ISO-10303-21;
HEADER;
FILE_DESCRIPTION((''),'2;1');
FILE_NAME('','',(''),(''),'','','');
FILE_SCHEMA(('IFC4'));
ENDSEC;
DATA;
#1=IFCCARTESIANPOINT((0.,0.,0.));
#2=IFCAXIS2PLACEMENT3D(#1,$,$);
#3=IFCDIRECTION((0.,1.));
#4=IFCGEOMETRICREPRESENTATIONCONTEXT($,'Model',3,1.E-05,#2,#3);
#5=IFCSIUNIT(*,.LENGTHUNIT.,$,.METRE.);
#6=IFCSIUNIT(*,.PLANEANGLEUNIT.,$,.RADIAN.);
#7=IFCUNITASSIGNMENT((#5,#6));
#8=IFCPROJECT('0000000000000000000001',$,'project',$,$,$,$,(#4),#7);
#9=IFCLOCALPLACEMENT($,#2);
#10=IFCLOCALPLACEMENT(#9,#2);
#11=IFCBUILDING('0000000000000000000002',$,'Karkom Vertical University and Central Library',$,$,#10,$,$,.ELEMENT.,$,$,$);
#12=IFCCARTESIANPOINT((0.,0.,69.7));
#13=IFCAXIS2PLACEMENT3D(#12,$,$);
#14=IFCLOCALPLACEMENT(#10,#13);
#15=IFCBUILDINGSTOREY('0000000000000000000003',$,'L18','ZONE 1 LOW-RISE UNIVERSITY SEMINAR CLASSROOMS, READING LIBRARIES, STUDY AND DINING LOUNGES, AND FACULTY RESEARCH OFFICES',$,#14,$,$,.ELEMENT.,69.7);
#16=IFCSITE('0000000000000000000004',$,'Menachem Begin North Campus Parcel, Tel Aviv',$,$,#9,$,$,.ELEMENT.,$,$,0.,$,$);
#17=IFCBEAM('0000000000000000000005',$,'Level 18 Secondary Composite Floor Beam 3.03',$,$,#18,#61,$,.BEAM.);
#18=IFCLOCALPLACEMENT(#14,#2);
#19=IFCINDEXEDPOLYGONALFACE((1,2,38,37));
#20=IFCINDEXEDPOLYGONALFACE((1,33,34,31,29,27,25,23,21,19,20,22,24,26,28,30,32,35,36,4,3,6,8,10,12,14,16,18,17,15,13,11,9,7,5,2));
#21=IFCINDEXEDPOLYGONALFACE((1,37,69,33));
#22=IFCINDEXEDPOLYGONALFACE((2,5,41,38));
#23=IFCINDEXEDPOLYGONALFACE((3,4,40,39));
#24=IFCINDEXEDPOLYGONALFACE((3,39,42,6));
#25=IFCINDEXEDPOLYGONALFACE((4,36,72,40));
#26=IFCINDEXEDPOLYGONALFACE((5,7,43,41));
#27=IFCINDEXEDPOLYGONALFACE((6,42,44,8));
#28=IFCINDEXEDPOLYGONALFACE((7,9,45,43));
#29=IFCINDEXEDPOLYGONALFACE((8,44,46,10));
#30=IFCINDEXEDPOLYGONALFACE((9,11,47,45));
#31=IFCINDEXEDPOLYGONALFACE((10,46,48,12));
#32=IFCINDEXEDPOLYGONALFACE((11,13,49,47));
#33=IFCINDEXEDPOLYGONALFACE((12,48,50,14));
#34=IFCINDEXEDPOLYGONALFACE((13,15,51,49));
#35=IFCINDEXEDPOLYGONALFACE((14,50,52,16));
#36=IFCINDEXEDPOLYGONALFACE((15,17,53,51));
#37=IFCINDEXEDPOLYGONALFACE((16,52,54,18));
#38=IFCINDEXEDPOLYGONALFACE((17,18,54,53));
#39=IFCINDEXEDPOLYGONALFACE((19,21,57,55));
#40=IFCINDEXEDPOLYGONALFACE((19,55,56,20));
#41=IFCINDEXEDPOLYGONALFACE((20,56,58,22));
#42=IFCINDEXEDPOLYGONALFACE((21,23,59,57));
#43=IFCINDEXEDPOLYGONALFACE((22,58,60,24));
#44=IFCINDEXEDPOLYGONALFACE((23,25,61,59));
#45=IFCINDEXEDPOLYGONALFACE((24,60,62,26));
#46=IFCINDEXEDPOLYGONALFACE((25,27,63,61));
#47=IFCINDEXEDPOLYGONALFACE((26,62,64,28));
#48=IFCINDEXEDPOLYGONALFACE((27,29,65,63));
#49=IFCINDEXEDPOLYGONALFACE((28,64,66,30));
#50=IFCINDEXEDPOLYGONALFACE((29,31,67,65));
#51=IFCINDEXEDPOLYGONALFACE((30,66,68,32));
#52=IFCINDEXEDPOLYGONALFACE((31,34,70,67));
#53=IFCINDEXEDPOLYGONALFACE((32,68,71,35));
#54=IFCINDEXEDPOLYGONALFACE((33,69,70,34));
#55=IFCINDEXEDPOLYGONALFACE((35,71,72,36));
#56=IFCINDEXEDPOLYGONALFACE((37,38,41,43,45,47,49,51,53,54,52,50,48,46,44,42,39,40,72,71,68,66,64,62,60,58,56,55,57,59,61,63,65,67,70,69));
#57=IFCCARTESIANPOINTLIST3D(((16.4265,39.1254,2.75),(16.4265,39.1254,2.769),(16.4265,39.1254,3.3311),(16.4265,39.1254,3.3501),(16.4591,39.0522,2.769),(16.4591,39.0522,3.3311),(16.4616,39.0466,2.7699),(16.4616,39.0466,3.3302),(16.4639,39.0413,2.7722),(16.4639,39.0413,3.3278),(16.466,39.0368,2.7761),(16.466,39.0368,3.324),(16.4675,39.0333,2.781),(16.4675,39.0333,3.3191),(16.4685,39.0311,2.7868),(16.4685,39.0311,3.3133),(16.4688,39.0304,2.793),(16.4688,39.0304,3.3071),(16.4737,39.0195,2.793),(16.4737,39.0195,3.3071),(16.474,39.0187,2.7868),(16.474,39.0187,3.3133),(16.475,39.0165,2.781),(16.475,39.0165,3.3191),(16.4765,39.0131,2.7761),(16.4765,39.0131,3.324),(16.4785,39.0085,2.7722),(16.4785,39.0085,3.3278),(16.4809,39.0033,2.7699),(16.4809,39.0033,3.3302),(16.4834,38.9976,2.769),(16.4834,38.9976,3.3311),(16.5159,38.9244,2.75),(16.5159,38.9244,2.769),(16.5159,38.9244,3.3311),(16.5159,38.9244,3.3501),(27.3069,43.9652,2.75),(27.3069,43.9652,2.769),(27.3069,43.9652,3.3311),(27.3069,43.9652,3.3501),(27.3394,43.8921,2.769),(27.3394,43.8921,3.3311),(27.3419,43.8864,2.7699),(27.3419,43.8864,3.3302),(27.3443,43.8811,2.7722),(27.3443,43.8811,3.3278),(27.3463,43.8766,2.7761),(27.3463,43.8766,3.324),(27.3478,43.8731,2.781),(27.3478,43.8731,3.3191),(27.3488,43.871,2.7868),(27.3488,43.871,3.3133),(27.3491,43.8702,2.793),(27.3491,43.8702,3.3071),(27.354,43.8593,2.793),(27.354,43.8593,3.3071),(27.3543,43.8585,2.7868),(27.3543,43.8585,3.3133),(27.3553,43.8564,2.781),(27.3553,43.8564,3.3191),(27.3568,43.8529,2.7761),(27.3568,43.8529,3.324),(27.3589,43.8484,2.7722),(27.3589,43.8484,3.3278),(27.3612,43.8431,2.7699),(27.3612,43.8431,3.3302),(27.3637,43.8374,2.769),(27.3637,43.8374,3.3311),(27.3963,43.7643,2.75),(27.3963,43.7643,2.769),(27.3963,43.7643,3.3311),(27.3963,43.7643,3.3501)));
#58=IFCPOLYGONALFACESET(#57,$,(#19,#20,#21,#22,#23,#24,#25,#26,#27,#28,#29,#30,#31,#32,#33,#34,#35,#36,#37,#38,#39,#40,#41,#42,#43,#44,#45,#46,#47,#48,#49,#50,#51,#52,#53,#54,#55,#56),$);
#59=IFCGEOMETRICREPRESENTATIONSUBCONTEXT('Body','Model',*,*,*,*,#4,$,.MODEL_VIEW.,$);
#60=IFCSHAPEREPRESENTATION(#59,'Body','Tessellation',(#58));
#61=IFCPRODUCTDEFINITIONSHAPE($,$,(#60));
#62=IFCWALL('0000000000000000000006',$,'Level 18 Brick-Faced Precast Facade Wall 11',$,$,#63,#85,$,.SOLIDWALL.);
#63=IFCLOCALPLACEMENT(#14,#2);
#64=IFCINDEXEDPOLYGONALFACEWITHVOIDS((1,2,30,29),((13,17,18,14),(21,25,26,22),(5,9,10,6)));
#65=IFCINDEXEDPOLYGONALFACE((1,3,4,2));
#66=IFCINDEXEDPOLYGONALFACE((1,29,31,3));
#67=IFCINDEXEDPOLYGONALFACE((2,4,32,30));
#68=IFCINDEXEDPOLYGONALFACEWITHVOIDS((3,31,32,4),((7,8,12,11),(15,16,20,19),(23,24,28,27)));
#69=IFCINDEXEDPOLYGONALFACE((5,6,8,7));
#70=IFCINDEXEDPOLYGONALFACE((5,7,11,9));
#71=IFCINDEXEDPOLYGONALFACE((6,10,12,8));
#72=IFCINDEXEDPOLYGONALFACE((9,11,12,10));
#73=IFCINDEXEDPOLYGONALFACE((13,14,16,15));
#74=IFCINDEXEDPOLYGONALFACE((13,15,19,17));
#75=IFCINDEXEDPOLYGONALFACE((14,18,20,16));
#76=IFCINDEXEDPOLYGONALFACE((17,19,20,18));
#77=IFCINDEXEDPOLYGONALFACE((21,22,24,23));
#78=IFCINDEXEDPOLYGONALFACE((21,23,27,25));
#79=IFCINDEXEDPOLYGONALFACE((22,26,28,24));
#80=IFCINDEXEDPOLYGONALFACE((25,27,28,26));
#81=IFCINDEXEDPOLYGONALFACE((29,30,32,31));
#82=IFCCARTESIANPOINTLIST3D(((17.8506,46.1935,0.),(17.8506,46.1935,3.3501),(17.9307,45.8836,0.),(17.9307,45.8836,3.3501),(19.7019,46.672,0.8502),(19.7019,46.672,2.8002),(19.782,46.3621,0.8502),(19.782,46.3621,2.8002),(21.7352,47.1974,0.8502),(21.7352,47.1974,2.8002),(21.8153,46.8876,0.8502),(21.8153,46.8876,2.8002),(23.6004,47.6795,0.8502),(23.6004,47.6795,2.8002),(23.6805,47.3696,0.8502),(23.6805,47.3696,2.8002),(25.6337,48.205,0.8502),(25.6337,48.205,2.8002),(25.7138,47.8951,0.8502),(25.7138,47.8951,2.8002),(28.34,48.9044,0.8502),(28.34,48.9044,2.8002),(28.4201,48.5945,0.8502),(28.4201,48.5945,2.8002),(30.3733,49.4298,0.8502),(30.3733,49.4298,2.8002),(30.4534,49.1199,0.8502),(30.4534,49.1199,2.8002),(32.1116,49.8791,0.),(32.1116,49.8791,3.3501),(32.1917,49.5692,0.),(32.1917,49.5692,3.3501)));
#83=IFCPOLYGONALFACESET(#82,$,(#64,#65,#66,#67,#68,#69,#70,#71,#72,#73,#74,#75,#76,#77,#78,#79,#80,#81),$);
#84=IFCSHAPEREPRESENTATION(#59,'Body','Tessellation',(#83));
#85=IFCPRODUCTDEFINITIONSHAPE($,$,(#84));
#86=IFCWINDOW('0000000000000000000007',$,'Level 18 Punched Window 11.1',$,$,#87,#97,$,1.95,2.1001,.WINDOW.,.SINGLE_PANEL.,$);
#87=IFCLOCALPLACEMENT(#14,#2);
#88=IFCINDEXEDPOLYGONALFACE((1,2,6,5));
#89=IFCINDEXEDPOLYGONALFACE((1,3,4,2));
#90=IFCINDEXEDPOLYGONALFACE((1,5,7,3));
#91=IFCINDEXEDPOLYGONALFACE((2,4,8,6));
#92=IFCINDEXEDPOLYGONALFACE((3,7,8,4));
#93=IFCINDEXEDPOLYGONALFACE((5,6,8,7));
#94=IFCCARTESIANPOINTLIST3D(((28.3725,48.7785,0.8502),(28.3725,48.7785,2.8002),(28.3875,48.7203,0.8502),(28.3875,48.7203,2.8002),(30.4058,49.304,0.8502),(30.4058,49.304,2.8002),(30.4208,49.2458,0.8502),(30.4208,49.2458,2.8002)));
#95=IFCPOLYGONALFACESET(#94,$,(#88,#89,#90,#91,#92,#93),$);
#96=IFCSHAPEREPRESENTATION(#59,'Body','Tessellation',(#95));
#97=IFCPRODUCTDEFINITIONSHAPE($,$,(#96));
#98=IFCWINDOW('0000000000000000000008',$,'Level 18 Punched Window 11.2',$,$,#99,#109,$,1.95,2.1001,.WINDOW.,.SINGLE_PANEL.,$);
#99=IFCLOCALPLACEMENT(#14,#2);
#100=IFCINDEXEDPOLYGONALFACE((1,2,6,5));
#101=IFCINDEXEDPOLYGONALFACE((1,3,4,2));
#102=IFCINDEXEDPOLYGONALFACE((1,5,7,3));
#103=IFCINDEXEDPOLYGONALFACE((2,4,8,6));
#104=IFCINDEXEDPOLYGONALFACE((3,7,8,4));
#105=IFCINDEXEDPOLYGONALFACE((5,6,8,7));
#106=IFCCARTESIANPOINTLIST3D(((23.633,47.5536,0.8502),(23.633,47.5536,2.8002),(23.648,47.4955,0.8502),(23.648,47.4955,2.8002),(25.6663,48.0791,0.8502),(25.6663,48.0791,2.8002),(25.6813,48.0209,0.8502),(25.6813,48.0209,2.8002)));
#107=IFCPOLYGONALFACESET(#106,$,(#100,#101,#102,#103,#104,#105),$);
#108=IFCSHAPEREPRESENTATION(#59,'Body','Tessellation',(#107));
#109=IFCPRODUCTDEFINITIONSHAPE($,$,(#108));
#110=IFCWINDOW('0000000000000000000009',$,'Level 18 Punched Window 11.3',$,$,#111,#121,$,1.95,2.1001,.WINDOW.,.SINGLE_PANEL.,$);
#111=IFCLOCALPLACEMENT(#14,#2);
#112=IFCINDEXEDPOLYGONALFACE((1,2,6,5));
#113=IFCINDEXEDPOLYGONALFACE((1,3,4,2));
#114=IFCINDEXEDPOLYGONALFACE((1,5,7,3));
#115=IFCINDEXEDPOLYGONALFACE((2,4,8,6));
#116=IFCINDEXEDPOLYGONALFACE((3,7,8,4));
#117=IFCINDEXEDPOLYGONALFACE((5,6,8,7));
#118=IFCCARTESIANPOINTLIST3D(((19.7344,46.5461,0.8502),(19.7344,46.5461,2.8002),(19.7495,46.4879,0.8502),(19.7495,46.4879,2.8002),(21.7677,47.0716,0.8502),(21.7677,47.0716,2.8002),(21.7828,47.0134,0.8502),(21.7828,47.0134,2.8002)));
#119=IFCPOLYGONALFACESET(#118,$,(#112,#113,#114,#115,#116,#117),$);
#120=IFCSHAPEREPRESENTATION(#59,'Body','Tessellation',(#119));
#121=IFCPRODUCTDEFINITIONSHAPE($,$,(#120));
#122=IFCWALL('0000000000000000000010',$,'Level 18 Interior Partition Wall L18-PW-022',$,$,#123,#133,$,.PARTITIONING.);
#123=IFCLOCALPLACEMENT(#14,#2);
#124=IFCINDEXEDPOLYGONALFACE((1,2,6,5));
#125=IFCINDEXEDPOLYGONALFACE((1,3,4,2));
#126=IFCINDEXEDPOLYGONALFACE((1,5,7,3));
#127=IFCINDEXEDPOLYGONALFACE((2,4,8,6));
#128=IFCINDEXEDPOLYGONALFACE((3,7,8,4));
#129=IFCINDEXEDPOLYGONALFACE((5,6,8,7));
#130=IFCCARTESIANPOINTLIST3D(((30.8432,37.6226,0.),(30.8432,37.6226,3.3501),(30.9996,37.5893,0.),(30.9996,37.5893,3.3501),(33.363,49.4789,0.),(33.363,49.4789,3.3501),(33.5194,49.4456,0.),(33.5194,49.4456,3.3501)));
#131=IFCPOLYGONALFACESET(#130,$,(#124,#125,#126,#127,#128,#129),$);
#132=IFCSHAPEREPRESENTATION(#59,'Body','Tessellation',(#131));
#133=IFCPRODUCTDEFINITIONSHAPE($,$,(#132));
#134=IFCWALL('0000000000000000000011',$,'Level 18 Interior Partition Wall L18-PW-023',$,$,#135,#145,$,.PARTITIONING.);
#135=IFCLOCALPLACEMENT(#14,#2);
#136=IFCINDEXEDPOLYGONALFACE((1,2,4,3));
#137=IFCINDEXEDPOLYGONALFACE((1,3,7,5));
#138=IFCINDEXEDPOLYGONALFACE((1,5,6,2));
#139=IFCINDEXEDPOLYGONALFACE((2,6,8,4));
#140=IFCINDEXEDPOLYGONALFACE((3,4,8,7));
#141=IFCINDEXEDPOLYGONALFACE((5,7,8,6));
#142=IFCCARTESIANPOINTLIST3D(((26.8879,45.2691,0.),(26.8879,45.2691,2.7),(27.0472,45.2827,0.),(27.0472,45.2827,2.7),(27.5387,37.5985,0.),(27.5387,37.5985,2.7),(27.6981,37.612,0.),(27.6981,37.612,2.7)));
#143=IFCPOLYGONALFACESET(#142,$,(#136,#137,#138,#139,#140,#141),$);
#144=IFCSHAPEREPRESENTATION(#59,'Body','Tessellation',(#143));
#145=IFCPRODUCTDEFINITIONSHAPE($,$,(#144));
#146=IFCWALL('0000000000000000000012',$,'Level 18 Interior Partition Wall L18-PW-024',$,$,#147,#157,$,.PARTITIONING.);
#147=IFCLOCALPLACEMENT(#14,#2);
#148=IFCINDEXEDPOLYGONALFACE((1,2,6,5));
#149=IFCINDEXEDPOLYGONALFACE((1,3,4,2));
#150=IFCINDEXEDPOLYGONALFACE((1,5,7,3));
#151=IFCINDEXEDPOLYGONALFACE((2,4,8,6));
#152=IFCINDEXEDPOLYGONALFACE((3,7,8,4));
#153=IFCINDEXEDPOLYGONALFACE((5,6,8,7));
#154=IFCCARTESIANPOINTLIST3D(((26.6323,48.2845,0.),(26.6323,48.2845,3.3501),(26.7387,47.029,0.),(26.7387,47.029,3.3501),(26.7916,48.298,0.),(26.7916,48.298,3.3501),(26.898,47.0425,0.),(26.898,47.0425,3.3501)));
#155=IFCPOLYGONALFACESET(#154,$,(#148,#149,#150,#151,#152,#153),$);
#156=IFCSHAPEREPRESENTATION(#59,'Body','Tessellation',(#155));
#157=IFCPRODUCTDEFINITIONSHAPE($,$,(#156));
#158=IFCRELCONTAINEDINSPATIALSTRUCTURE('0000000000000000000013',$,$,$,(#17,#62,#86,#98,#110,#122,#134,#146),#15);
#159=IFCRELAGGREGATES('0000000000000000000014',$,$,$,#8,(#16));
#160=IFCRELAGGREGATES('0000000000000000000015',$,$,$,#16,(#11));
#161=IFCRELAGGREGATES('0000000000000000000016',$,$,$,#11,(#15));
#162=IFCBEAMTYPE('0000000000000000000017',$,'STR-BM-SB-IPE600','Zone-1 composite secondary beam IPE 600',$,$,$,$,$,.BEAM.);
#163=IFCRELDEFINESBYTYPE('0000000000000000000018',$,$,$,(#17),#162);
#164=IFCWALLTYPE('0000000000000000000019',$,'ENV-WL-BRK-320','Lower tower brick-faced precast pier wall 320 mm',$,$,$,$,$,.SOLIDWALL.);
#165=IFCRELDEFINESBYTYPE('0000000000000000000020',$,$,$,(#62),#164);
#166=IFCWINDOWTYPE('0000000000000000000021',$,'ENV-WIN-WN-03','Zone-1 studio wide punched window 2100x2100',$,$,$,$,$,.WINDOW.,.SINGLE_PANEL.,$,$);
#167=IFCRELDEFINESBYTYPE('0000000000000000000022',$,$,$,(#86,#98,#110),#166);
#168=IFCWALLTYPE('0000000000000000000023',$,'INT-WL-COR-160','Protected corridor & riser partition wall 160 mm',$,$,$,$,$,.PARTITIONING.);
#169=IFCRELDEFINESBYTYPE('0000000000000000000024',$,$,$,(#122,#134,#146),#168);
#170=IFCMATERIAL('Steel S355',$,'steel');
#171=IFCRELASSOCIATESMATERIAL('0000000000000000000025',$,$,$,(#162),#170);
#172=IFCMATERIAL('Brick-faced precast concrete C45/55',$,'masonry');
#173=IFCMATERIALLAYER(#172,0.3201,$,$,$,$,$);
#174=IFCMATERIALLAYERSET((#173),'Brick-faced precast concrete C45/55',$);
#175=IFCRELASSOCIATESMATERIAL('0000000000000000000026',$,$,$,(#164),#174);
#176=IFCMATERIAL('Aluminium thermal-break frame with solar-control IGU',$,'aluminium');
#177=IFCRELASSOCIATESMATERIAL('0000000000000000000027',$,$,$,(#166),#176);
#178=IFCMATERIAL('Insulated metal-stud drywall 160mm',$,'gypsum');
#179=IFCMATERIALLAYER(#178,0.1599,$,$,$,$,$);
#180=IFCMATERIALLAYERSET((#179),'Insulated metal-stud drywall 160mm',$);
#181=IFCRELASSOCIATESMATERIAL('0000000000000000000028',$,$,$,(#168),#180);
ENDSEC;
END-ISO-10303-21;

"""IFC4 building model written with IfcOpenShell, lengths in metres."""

from ifc_helpers import new_model, si_unit, direction, frame, frame_2d, origin, origin_with_axes, origin_2d, place, context, subcontext, project, spatial, rectangle, i_section, extrude, source, transform, mapped, material, layer, layer_set, material_profile, profile_set, type_object, element, fill, save


model = new_model("IFC4")

# Units and contexts
model_context = context("Model", 3, precision=1e-05, world=origin(), true_north=direction((0.0, 1.0)))
body_context = subcontext(model_context, "Body", "Model", "MODEL_VIEW")
ifc_project = project(units=[si_unit("LENGTHUNIT", "METRE"), si_unit("PLANEANGLEUNIT", "RADIAN")], contexts=[model_context])

# Site, building, storey
site_placement = place(None, origin())
site = spatial("IfcSite", under=ifc_project, at=site_placement, Name="Menachem Begin North Campus Parcel, Tel Aviv", CompositionType="ELEMENT", RefElevation=0.0)
building_placement = place(site_placement, origin())
building = spatial("IfcBuilding", under=site, at=building_placement, Name="Karkom Vertical University and Central Library", CompositionType="ELEMENT")
storey_placement = place(building_placement, frame((0.0, 0.0, 69.7)))
storey = spatial("IfcBuildingStorey", under=building, at=storey_placement, Name="L18", Description="ZONE 1 LOW-RISE UNIVERSITY SEMINAR CLASSROOMS, READING LIBRARIES, STUDY AND DINING LOUNGES, AND FACULTY RESEARCH OFFICES", CompositionType="ELEMENT", Elevation=69.7)

# Beam
ifc_material_1 = material(Name="Steel S355", Category="steel")
ifc_material_profile_1 = material_profile(ifc_material_1, i_section(OverallWidth=0.22, OverallDepth=0.6001, WebThickness=0.012, FlangeThickness=0.019, FilletRadius=0.0239, at=origin_2d()), Name="IPE 600")
ifc_profile_set_1 = profile_set([ifc_material_profile_1], Name="Steel S355")
beam_type_1 = type_object("IfcBeamType", Name="STR-BM-SB-IPE600", Description="Zone-1 composite secondary beam IPE 600", PredefinedType="BEAM", material=ifc_profile_set_1)
shared_shape_1 = source(origin_with_axes(), body_context, "Body", "SweptSolid", [
    extrude(i_section(OverallWidth=0.22, OverallDepth=0.6001, WebThickness=0.012, FlangeThickness=0.019, FilletRadius=0.0239, at=origin_2d()), origin(), (0.0, 0.0, 1.0), 11.9082),
])
beam_1_placement = place(storey_placement, frame((27.3516, 43.8647, 3.05), z_axis=(-0.913683, -0.406428, 0.0), x_axis=(0.406428, -0.913683, 0.0)))
element("IfcBeam", 1, at=beam_1_placement, inside=storey, type_object=beam_type_1, Name="Level 18 Secondary Composite Floor Beam 3.03", PredefinedType="BEAM", context=body_context, shape_type="MappedRepresentation", body=[
    mapped(shared_shape_1, transform((0.0, 0.0, 0.0), scale=1.0)),
])

# Wall, openings, windows
ifc_material_2 = material(Name="Brick-faced precast concrete C45/55", Category="masonry")
ifc_layer_1 = layer(ifc_material_2, 0.3201)
ifc_layer_set_1 = layer_set([ifc_layer_1], Name="Brick-faced precast concrete C45/55")
wall_type_1 = type_object("IfcWallType", Name="ENV-WL-BRK-320", Description="Lower tower brick-faced precast pier wall 320 mm", PredefinedType="SOLIDWALL", material=ifc_layer_set_1)
wall_1_placement = place(storey_placement, frame((32.1516, 49.7241, 0.0), z_axis=(0.0, 0.0, 1.0), x_axis=(-0.96819, -0.250215, 0.0)))
wall_1 = element("IfcWall", 2, at=wall_1_placement, inside=storey, type_object=wall_type_1, Name="Level 18 Brick-Faced Precast Facade Wall 11", PredefinedType="SOLIDWALL", context=body_context, shape_type="SweptSolid", body=[
    extrude(rectangle(XDim=14.7295, YDim=0.3201, at=frame_2d((7.3647, 0.0))), origin(), (0.0, 0.0, 1.0), 3.3501),
])
opening_1_placement = place(wall_1_placement, frame((1.7954, 0.0, 0.8501)))
opening_1 = element("IfcOpeningElement", 3, at=opening_1_placement, cuts=wall_1, PredefinedType="OPENING", context=body_context, shape_type="SweptSolid", body=[
    extrude(rectangle(XDim=2.1001, YDim=1.95, at=frame_2d((1.05, 0.9751))), frame((0.0, 0.1699, 0.0), z_axis=(0.0, -1.0, 0.0), x_axis=(1.0, 0.0, 0.0)), (0.0, 0.0, 1.0), 0.3401),
])
opening_2_placement = place(wall_1_placement, frame((6.6907, 0.0, 0.8501)))
opening_2 = element("IfcOpeningElement", 4, at=opening_2_placement, cuts=wall_1, PredefinedType="OPENING", context=body_context, shape_type="SweptSolid", body=[
    extrude(rectangle(XDim=2.1001, YDim=1.95, at=frame_2d((1.05, 0.9751))), frame((0.0, 0.1699, 0.0), z_axis=(0.0, -1.0, 0.0), x_axis=(1.0, 0.0, 0.0)), (0.0, 0.0, 1.0), 0.3401),
])
opening_3_placement = place(wall_1_placement, frame((10.7173, 0.0, 0.8501)))
opening_3 = element("IfcOpeningElement", 5, at=opening_3_placement, cuts=wall_1, PredefinedType="OPENING", context=body_context, shape_type="SweptSolid", body=[
    extrude(rectangle(XDim=2.1001, YDim=1.95, at=frame_2d((1.05, 0.9751))), frame((0.0, 0.1699, 0.0), z_axis=(0.0, -1.0, 0.0), x_axis=(1.0, 0.0, 0.0)), (0.0, 0.0, 1.0), 0.3401),
])
ifc_material_3 = material(Name="Aluminium thermal-break frame with solar-control IGU", Category="aluminium")
window_type = type_object("IfcWindowType", Name="ENV-WIN-WN-03", Description="Zone-1 studio wide punched window 2100x2100", PartitioningType="SINGLE_PANEL", PredefinedType="WINDOW", material=ifc_material_3)
shared_shape_2 = source(origin_with_axes(), body_context, "Body", "SweptSolid", [
    extrude(rectangle(XDim=2.1001, YDim=1.95, at=frame_2d((1.05, 0.9751))), frame((0.0, 0.03, 0.0), z_axis=(0.0, -1.0, 0.0), x_axis=(1.0, 0.0, 0.0)), (0.0, 0.0, 1.0), 0.0601),
])
window_1_placement = place(opening_1_placement, origin())
window_1 = element("IfcWindow", 6, at=window_1_placement, inside=storey, type_object=window_type, Name="Level 18 Punched Window 11.1", OverallHeight=1.95, OverallWidth=2.1001, PartitioningType="SINGLE_PANEL", PredefinedType="WINDOW", context=body_context, shape_type="MappedRepresentation", body=[
    mapped(shared_shape_2, transform((0.0, 0.0, 0.0), scale=1.0)),
])
fill(opening_1, window_1)
window_2_placement = place(opening_2_placement, origin())
window_2 = element("IfcWindow", 7, at=window_2_placement, inside=storey, type_object=window_type, Name="Level 18 Punched Window 11.2", OverallHeight=1.95, OverallWidth=2.1001, PartitioningType="SINGLE_PANEL", PredefinedType="WINDOW", context=body_context, shape_type="MappedRepresentation", body=[
    mapped(shared_shape_2, transform((0.0, 0.0, 0.0), scale=1.0)),
])
fill(opening_2, window_2)
window_3_placement = place(opening_3_placement, origin())
window_3 = element("IfcWindow", 8, at=window_3_placement, inside=storey, type_object=window_type, Name="Level 18 Punched Window 11.3", OverallHeight=1.95, OverallWidth=2.1001, PartitioningType="SINGLE_PANEL", PredefinedType="WINDOW", context=body_context, shape_type="MappedRepresentation", body=[
    mapped(shared_shape_2, transform((0.0, 0.0, 0.0), scale=1.0)),
])
fill(opening_3, window_3)

# Walls
ifc_material_4 = material(Name="Insulated metal-stud drywall 160mm", Category="gypsum")
ifc_layer_2 = layer(ifc_material_4, 0.1599)
ifc_layer_set_2 = layer_set([ifc_layer_2], Name="Insulated metal-stud drywall 160mm")
wall_type_2 = type_object("IfcWallType", Name="INT-WL-COR-160", Description="Protected corridor & riser partition wall 160 mm", PredefinedType="PARTITIONING", material=ifc_layer_set_2)
wall_2_placement = place(storey_placement, frame((30.9214, 37.606, 0.0), z_axis=(0.0, 0.0, 1.0), x_axis=(0.207885, 0.978153, 0.0)))
element("IfcWall", 9, at=wall_2_placement, inside=storey, type_object=wall_type_2, Name="Level 18 Interior Partition Wall L18-PW-022", PredefinedType="PARTITIONING", context=body_context, shape_type="SweptSolid", body=[
    extrude(rectangle(XDim=12.1211, YDim=0.1599, at=frame_2d((6.0605, 0.0))), origin(), (0.0, 0.0, 1.0), 3.3501),
])
wall_3_placement = place(storey_placement, frame((27.6184, 37.6052, 0.0), z_axis=(0.0, 0.0, 1.0), x_axis=(-0.084549, 0.996419, 0.0)))
element("IfcWall", 10, at=wall_3_placement, inside=storey, type_object=wall_type_2, Name="Level 18 Interior Partition Wall L18-PW-023", PredefinedType="PARTITIONING", context=body_context, shape_type="SweptSolid", body=[
    extrude(rectangle(XDim=7.6982, YDim=0.1599, at=frame_2d((3.8491, 0.0))), origin(), (0.0, 0.0, 1.0), 2.7),
])
wall_4_placement = place(storey_placement, frame((26.8184, 47.0359, 0.0), z_axis=(0.0, 0.0, 1.0), x_axis=(-0.084472, 0.996426, 0.0)))
element("IfcWall", 11, at=wall_4_placement, inside=storey, type_object=wall_type_2, Name="Level 18 Interior Partition Wall L18-PW-024", PredefinedType="PARTITIONING", context=body_context, shape_type="SweptSolid", body=[
    extrude(rectangle(XDim=1.26, YDim=0.1599, at=frame_2d((0.6299, 0.0))), origin(), (0.0, 0.0, 1.0), 3.3501),
])

save(model, "model.ifc")
